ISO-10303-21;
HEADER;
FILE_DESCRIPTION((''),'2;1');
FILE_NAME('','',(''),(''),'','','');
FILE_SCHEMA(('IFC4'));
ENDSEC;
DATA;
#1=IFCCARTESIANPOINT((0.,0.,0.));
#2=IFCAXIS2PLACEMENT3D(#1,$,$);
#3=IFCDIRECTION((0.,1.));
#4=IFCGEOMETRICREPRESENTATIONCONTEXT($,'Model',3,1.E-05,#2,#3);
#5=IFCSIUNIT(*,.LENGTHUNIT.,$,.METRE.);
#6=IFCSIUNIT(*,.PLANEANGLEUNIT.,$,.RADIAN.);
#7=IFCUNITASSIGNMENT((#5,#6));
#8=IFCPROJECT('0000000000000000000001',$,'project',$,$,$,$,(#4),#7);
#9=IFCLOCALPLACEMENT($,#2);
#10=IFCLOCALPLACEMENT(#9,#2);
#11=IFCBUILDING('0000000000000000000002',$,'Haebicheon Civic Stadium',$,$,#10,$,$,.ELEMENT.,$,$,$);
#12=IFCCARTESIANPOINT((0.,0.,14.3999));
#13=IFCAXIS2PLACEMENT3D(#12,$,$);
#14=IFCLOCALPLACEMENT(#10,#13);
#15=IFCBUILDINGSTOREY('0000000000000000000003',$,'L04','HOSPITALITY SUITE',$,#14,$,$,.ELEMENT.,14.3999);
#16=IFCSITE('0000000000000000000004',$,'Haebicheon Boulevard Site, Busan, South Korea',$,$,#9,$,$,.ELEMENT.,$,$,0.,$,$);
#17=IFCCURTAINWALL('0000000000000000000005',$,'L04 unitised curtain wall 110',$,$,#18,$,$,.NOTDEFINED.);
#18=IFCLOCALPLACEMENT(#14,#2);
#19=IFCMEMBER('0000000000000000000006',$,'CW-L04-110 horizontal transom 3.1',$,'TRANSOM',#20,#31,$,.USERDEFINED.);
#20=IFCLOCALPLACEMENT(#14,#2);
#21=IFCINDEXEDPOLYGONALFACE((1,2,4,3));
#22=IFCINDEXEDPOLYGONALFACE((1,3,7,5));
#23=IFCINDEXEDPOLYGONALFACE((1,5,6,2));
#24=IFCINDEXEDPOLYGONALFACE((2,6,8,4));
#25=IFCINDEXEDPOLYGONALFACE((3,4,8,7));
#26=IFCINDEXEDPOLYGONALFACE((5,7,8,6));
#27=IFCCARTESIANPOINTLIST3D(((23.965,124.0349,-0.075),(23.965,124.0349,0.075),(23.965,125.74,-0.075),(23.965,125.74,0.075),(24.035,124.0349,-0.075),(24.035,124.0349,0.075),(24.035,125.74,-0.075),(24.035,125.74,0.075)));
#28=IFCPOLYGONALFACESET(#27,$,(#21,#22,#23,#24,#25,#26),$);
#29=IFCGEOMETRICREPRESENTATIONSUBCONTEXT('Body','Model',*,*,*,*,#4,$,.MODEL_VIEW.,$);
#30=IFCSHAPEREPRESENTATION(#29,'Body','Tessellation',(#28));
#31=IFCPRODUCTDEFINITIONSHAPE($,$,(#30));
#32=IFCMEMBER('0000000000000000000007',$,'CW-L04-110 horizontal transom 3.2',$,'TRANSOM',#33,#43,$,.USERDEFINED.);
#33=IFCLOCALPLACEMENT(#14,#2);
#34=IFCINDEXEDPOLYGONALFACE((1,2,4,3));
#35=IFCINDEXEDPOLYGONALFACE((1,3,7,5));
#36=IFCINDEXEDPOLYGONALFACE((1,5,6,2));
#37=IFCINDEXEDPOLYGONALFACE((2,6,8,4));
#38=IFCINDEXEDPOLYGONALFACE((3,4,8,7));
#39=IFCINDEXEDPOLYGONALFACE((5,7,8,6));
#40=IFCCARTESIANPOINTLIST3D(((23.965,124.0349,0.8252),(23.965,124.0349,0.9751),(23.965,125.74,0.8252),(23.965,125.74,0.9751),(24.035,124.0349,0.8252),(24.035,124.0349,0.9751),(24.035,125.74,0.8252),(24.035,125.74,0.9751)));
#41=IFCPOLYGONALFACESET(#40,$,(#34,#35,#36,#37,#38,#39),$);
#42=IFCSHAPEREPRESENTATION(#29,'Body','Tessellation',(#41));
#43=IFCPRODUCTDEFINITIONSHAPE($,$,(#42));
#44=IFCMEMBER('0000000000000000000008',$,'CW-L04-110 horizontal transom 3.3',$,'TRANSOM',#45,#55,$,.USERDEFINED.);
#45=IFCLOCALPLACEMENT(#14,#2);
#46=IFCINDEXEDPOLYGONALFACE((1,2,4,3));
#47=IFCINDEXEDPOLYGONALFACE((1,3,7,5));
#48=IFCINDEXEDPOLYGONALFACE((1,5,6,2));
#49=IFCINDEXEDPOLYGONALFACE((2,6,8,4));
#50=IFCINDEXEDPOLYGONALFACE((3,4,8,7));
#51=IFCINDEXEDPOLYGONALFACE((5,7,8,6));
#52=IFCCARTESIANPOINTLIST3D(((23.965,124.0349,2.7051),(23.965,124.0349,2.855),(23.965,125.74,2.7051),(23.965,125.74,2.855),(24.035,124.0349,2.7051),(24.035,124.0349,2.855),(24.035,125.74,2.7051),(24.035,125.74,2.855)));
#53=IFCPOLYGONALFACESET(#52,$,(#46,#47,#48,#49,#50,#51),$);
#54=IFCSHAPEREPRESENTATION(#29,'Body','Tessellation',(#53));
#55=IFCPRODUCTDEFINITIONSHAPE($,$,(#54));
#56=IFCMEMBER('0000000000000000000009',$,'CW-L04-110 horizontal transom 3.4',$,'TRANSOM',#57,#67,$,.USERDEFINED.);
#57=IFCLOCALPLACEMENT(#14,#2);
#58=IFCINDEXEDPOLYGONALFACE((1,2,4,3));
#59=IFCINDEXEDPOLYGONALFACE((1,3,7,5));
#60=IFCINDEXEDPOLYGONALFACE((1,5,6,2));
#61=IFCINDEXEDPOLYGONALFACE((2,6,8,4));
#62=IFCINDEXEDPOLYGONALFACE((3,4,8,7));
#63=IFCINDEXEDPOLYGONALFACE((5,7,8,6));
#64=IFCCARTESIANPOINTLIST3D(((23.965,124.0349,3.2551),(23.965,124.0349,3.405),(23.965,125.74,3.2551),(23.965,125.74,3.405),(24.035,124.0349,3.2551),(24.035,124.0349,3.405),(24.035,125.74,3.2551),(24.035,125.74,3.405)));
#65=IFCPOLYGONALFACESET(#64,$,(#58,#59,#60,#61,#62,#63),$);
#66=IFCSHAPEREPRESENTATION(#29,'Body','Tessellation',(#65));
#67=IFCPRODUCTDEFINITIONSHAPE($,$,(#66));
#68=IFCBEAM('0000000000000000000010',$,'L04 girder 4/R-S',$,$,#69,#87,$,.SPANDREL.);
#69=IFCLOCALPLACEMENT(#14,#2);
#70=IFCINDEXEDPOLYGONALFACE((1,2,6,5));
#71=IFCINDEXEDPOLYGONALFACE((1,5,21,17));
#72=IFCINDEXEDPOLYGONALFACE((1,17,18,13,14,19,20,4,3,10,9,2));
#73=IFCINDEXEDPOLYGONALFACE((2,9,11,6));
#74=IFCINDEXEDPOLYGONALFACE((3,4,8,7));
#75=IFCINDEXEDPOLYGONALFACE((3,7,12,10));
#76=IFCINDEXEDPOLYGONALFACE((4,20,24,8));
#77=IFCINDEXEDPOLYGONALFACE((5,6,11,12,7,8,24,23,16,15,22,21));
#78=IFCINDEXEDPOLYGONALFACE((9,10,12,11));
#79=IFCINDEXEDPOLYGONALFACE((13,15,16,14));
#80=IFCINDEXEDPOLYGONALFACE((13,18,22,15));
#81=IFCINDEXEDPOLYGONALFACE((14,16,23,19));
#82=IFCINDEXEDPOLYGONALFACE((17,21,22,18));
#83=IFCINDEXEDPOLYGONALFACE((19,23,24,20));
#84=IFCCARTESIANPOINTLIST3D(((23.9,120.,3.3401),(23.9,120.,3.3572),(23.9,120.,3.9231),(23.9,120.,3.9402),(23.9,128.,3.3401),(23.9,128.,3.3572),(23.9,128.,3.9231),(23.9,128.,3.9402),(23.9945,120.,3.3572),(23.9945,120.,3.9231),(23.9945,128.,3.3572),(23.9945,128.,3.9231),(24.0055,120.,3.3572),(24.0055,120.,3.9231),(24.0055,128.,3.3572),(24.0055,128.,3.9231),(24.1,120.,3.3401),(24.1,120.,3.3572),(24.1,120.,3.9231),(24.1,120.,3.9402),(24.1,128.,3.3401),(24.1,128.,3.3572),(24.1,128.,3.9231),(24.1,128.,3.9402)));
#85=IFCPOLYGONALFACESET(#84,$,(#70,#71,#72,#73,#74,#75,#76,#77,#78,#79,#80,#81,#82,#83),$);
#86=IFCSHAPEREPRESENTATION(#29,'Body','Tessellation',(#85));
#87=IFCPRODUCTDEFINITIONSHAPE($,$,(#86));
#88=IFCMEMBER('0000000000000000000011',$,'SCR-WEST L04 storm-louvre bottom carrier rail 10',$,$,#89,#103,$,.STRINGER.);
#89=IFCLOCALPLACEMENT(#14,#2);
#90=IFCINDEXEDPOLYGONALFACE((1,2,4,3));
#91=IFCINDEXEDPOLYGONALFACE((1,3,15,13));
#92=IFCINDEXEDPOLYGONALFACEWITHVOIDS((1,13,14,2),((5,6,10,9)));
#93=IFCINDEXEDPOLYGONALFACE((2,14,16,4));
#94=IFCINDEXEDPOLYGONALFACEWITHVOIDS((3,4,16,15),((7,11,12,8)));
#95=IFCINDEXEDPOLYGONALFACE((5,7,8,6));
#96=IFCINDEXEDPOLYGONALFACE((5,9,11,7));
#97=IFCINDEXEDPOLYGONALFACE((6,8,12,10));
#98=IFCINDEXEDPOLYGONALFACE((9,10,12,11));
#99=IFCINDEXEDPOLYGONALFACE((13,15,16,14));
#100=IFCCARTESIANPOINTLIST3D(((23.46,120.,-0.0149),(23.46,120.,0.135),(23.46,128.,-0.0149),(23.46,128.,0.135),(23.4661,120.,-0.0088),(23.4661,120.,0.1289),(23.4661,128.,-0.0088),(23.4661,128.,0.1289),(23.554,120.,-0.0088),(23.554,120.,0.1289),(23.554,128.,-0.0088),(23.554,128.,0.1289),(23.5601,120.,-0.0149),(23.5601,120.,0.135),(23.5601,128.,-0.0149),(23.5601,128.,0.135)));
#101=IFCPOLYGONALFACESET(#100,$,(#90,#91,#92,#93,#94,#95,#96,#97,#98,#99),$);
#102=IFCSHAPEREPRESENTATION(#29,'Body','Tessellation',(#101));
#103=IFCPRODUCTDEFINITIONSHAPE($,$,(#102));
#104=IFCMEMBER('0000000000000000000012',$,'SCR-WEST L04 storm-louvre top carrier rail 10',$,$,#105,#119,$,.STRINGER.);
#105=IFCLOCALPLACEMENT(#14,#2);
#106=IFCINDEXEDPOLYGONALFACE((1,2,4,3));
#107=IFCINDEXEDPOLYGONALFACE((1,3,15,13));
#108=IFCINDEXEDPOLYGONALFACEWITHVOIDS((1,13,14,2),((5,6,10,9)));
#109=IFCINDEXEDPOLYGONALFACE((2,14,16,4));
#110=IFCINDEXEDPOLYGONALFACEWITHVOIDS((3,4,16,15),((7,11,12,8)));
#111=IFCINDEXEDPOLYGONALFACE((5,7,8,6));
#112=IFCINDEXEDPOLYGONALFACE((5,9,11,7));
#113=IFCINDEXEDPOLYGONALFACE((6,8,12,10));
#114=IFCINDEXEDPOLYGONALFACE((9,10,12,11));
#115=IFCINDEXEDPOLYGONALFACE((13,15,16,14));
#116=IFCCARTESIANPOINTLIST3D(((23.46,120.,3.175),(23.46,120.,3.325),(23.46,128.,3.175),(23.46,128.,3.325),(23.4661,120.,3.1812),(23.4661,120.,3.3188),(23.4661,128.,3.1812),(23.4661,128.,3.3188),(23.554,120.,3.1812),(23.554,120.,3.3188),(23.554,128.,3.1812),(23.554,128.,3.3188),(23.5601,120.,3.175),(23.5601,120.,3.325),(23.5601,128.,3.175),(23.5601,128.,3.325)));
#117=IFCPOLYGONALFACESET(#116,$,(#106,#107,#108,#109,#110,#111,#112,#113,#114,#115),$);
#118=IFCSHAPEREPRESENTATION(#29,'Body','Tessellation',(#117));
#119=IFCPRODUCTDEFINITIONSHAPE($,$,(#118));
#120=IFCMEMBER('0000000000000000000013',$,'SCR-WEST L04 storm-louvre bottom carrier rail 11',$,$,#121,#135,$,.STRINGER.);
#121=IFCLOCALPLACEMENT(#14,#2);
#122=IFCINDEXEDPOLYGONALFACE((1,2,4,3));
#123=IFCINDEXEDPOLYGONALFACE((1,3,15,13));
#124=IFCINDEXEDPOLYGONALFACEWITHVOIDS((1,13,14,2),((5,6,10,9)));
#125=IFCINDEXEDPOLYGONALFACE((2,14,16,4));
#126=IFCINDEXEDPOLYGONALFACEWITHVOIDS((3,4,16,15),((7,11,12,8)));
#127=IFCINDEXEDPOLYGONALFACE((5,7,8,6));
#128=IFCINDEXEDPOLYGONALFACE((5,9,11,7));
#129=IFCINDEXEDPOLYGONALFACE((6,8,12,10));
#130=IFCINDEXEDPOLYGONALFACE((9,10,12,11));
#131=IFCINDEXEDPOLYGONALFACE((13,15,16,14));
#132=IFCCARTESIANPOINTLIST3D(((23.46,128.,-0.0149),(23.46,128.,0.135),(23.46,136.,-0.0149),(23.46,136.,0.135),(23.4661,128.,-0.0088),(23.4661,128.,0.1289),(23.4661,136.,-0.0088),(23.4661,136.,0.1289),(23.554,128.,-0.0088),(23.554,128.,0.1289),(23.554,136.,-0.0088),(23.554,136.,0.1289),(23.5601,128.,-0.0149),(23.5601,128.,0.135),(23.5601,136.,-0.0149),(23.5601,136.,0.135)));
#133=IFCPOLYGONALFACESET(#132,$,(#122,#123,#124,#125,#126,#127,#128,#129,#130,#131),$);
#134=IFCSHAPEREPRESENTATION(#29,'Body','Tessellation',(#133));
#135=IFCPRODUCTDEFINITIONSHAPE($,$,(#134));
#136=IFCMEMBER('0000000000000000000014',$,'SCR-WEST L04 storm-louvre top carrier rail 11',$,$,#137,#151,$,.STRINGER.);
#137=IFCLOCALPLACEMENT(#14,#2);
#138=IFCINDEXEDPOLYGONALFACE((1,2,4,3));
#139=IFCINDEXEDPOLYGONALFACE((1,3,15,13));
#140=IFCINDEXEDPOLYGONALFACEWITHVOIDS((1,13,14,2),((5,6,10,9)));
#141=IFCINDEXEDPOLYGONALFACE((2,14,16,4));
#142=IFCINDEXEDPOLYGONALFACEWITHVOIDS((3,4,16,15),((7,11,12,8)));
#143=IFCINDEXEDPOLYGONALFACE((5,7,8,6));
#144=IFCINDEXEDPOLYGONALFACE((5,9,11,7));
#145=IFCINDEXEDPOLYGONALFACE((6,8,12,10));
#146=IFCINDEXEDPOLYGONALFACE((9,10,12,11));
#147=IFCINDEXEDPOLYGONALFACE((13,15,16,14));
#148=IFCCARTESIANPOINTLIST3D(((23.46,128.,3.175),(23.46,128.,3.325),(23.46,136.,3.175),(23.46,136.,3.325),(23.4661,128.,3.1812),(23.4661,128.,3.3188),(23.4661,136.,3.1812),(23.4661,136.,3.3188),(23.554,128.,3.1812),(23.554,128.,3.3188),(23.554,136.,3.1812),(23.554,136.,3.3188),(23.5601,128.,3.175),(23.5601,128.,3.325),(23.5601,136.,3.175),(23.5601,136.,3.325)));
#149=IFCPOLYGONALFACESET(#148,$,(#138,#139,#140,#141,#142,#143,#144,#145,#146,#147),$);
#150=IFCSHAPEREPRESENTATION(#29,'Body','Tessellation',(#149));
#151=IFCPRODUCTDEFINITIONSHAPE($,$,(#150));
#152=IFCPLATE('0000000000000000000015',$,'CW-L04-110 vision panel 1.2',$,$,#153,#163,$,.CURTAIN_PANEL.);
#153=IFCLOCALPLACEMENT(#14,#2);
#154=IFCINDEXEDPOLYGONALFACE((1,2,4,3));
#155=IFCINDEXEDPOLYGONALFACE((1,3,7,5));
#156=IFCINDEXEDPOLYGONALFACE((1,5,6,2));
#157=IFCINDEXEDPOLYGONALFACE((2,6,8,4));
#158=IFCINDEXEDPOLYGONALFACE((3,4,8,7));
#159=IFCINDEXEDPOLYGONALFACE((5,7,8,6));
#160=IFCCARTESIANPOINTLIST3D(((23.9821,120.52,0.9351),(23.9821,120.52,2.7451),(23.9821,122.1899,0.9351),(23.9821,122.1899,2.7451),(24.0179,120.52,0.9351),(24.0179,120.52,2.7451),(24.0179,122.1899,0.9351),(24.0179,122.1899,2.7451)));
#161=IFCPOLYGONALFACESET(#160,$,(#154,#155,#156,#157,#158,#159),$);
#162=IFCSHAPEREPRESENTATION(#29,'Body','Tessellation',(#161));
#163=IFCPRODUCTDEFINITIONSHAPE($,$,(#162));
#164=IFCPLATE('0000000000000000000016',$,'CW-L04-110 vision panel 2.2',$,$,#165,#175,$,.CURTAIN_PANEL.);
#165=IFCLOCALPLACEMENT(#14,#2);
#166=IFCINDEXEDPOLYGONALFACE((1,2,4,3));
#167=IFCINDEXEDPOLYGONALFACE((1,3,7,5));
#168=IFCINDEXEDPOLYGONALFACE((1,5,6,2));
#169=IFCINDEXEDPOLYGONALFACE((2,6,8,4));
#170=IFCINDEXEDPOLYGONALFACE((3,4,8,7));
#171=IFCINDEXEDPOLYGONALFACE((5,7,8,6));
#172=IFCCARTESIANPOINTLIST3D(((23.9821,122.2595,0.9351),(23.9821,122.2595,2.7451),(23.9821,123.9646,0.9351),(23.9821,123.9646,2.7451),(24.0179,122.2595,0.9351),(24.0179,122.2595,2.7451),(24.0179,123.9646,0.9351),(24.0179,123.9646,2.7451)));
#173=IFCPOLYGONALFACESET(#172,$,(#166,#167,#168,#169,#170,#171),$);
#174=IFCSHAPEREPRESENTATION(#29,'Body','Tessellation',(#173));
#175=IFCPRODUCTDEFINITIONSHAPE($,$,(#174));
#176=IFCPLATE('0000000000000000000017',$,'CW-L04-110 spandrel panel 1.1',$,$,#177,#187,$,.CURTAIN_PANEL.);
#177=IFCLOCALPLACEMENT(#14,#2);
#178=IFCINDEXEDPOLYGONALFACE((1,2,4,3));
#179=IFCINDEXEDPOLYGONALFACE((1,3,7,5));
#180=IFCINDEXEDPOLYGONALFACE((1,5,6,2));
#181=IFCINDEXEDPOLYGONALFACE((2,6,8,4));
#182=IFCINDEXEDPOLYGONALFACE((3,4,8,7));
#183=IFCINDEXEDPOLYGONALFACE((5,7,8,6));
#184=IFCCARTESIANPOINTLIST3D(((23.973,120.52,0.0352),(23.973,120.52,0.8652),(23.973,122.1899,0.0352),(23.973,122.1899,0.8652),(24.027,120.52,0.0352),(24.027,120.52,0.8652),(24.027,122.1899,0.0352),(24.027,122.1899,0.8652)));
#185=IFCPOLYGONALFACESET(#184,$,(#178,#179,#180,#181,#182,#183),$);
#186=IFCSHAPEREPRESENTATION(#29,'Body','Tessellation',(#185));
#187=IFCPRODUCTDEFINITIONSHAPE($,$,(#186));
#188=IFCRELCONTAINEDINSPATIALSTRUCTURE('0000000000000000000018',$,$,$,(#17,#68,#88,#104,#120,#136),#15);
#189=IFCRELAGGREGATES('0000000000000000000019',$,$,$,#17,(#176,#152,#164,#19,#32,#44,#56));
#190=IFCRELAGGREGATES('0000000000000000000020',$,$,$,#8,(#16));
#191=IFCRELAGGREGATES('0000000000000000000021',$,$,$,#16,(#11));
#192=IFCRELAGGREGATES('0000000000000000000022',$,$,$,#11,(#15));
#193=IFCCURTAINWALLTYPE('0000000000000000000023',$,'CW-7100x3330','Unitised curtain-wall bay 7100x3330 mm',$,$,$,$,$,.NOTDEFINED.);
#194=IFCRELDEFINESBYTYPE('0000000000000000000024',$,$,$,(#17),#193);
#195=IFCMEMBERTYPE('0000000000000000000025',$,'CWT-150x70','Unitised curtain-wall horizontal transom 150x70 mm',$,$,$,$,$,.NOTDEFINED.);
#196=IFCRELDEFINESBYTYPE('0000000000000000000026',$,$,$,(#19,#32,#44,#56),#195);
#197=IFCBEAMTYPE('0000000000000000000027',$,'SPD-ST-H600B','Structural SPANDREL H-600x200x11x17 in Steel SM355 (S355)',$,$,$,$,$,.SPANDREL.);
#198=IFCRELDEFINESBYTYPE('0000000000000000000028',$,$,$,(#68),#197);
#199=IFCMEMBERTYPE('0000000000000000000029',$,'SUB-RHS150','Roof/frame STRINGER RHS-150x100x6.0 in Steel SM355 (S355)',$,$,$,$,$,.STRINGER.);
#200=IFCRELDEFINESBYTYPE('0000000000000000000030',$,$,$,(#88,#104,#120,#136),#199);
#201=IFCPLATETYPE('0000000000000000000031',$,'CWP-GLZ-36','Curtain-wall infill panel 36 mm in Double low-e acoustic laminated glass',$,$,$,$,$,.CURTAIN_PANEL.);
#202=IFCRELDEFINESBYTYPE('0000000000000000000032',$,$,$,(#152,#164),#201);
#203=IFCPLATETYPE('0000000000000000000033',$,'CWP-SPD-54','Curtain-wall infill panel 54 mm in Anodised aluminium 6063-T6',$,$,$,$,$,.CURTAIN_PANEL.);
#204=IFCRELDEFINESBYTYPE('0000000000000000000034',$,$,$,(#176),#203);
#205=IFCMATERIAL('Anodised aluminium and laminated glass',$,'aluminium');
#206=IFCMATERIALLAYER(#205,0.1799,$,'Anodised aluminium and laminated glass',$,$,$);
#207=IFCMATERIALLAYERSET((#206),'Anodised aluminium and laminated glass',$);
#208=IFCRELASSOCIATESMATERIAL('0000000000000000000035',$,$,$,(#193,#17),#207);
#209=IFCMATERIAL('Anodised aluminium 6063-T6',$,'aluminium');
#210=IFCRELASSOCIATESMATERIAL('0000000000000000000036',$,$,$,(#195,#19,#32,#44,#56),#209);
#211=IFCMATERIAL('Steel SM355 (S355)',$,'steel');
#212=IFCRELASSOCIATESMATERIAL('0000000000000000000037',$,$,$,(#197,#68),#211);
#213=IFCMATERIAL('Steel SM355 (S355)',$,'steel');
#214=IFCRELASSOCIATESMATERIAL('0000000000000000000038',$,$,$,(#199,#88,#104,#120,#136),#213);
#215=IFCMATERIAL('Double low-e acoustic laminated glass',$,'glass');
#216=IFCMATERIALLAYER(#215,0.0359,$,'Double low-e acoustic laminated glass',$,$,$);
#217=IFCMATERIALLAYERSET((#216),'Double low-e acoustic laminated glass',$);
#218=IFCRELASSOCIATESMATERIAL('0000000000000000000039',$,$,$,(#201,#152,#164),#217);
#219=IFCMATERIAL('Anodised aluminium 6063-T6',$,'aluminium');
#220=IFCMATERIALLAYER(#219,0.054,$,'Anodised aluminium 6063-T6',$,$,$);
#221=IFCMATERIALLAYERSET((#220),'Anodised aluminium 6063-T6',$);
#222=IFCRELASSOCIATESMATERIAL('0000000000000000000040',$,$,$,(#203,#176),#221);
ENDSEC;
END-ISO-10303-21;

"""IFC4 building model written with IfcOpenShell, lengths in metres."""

from ifc_helpers import new_model, si_unit, direction, frame, origin, origin_2d, place, context, subcontext, project, spatial, rectangle, hollow_rectangle, i_section, extrude, material, layer, layer_set, material_profile, profile_set, type_object, element, aggregate, save


model = new_model("IFC4")

# Units and contexts
model_context = context("Model", 3, precision=1e-05, world=origin(), true_north=direction((0.0, 1.0)))
body_context = subcontext(model_context, "Body", "Model", "MODEL_VIEW")
ifc_project = project(units=[si_unit("LENGTHUNIT", "METRE"), si_unit("PLANEANGLEUNIT", "RADIAN")], contexts=[model_context])

# Site, building, storey
site_placement = place(None, origin())
site = spatial("IfcSite", under=ifc_project, at=site_placement, Name="Haebicheon Boulevard Site, Busan, South Korea", CompositionType="ELEMENT", RefElevation=0.0)
building_placement = place(site_placement, origin())
building = spatial("IfcBuilding", under=site, at=building_placement, Name="Haebicheon Civic Stadium", CompositionType="ELEMENT")
storey_placement = place(building_placement, frame((0.0, 0.0, 14.3999)))
storey = spatial("IfcBuildingStorey", under=building, at=storey_placement, Name="L04", Description="HOSPITALITY SUITE", CompositionType="ELEMENT", Elevation=14.3999)

# Curtain wall, members
ifc_material_1 = material(Name="Anodised aluminium and laminated glass", Category="aluminium")
ifc_layer_1 = layer(ifc_material_1, 0.1799, Name="Anodised aluminium and laminated glass")
ifc_layer_set_1 = layer_set([ifc_layer_1], Name="Anodised aluminium and laminated glass")
curtain_wall_type = type_object("IfcCurtainWallType", Name="CW-7100x3330", Description="Unitised curtain-wall bay 7100x3330 mm", PredefinedType="NOTDEFINED", material=ifc_layer_set_1)
curtain_wall_placement = place(storey_placement, origin())
curtain_wall = element("IfcCurtainWall", 1, at=curtain_wall_placement, inside=storey, type_object=curtain_wall_type, material=ifc_layer_set_1, Name="L04 unitised curtain wall 110", PredefinedType="NOTDEFINED")
ifc_material_2 = material(Name="Anodised aluminium 6063-T6", Category="aluminium")
ifc_material_profile_1 = material_profile(ifc_material_2, rectangle(XDim=0.0701, YDim=0.1499, at=origin_2d()), Name="ALU-TRAN-70x150")
ifc_profile_set_1 = profile_set([ifc_material_profile_1], Name="Anodised aluminium 6063-T6")
member_type_1 = type_object("IfcMemberType", Name="CWT-150x70", Description="Unitised curtain-wall horizontal transom 150x70 mm", PredefinedType="NOTDEFINED", material=ifc_profile_set_1)
member_1_placement = place(storey_placement, frame((24.0, 124.0349, 0.0), z_axis=(0.0, 1.0, 0.0), x_axis=(-1.0, 0.0, 0.0)))
member_1 = element("IfcMember", 2, at=member_1_placement, type_object=member_type_1, material=ifc_profile_set_1, Name="CW-L04-110 horizontal transom 3.1", ObjectType="TRANSOM", PredefinedType="USERDEFINED", context=body_context, shape_type="SweptSolid", body=[
    extrude(rectangle(XDim=0.0701, YDim=0.1499, at=origin_2d()), origin(), (0.0, 0.0, 1.0), 1.7051),
])
member_2_placement = place(storey_placement, frame((24.0, 124.0349, 0.9001), z_axis=(0.0, 1.0, 0.0), x_axis=(-1.0, 0.0, 0.0)))
member_2 = element("IfcMember", 3, at=member_2_placement, type_object=member_type_1, material=ifc_profile_set_1, Name="CW-L04-110 horizontal transom 3.2", ObjectType="TRANSOM", PredefinedType="USERDEFINED", context=body_context, shape_type="SweptSolid", body=[
    extrude(rectangle(XDim=0.0701, YDim=0.1499, at=origin_2d()), origin(), (0.0, 0.0, 1.0), 1.7051),
])
member_3_placement = place(storey_placement, frame((24.0, 124.0349, 2.78), z_axis=(0.0, 1.0, 0.0), x_axis=(-1.0, 0.0, 0.0)))
member_3 = element("IfcMember", 4, at=member_3_placement, type_object=member_type_1, material=ifc_profile_set_1, Name="CW-L04-110 horizontal transom 3.3", ObjectType="TRANSOM", PredefinedType="USERDEFINED", context=body_context, shape_type="SweptSolid", body=[
    extrude(rectangle(XDim=0.0701, YDim=0.1499, at=origin_2d()), origin(), (0.0, 0.0, 1.0), 1.7051),
])
member_4_placement = place(storey_placement, frame((24.0, 124.0349, 3.3301), z_axis=(0.0, 1.0, 0.0), x_axis=(-1.0, 0.0, 0.0)))
member_4 = element("IfcMember", 5, at=member_4_placement, type_object=member_type_1, material=ifc_profile_set_1, Name="CW-L04-110 horizontal transom 3.4", ObjectType="TRANSOM", PredefinedType="USERDEFINED", context=body_context, shape_type="SweptSolid", body=[
    extrude(rectangle(XDim=0.0701, YDim=0.1499, at=origin_2d()), origin(), (0.0, 0.0, 1.0), 1.7051),
])

# Beam
ifc_material_3 = material(Name="Steel SM355 (S355)", Category="steel")
ifc_material_profile_2 = material_profile(ifc_material_3, i_section(OverallWidth=0.2, OverallDepth=0.6001, WebThickness=0.011, FlangeThickness=0.0171, at=origin_2d()), Name="H-600x200x11x17")
ifc_profile_set_2 = profile_set([ifc_material_profile_2], Name="Steel SM355 (S355)")
beam_type_1 = type_object("IfcBeamType", Name="SPD-ST-H600B", Description="Structural SPANDREL H-600x200x11x17 in Steel SM355 (S355)", PredefinedType="SPANDREL", material=ifc_profile_set_2)
beam_1_placement = place(storey_placement, frame((24.0, 120.0, 3.6401), z_axis=(0.0, 1.0, 0.0), x_axis=(-1.0, 0.0, 0.0)))
element("IfcBeam", 6, at=beam_1_placement, inside=storey, type_object=beam_type_1, material=ifc_profile_set_2, Name="L04 girder 4/R-S", PredefinedType="SPANDREL", context=body_context, shape_type="SweptSolid", body=[
    extrude(i_section(OverallWidth=0.2, OverallDepth=0.6001, WebThickness=0.011, FlangeThickness=0.0171, at=origin_2d()), origin(), (0.0, 0.0, 1.0), 8.0),
])

# Members
ifc_material_4 = material(Name="Steel SM355 (S355)", Category="steel")
ifc_material_profile_3 = material_profile(ifc_material_4, hollow_rectangle(XDim=0.1001, YDim=0.1499, WallThickness=0.0061, at=origin_2d()), Name="RHS-150x100x6.0")
ifc_profile_set_3 = profile_set([ifc_material_profile_3], Name="Steel SM355 (S355)")
member_type_2 = type_object("IfcMemberType", Name="SUB-RHS150", Description="Roof/frame STRINGER RHS-150x100x6.0 in Steel SM355 (S355)", PredefinedType="STRINGER", material=ifc_profile_set_3)
for number, where, z_axis, x_axis, name in (
    (7, (23.51, 120.0, 0.0601), (0.0, 1.0, 0.0), (-1.0, 0.0, 0.0), "SCR-WEST L04 storm-louvre bottom carrier rail 10"),
    (8, (23.51, 120.0, 3.25), (0.0, 1.0, 0.0), (-1.0, 0.0, 0.0), "SCR-WEST L04 storm-louvre top carrier rail 10"),
    (9, (23.51, 128.0, 0.0601), (0.0, 1.0, 0.0), (-1.0, 0.0, 0.0), "SCR-WEST L04 storm-louvre bottom carrier rail 11"),
    (10, (23.51, 128.0, 3.25), (0.0, 1.0, 0.0), (-1.0, 0.0, 0.0), "SCR-WEST L04 storm-louvre top carrier rail 11"),
):
    element("IfcMember", number, at=place(storey_placement, frame(where, z_axis=z_axis, x_axis=x_axis)), inside=storey, type_object=member_type_2, material=ifc_profile_set_3, Name=name, PredefinedType="STRINGER", context=body_context, shape_type="SweptSolid", body=[
        extrude(hollow_rectangle(XDim=0.1001, YDim=0.1499, WallThickness=0.0061, at=origin_2d()), origin(), (0.0, 0.0, 1.0), 8.0),
    ])

# Plates
ifc_material_5 = material(Name="Double low-e acoustic laminated glass", Category="glass")
ifc_layer_2 = layer(ifc_material_5, 0.0359, Name="Double low-e acoustic laminated glass")
ifc_layer_set_2 = layer_set([ifc_layer_2], Name="Double low-e acoustic laminated glass")
plate_type_1 = type_object("IfcPlateType", Name="CWP-GLZ-36", Description="Curtain-wall infill panel 36 mm in Double low-e acoustic laminated glass", PredefinedType="CURTAIN_PANEL", material=ifc_layer_set_2)
plate_1_placement = place(storey_placement, frame((24.0, 121.355, 0.9351), z_axis=(0.0, 0.0, 1.0), x_axis=(0.0, 1.0, 0.0)))
plate_1 = element("IfcPlate", 11, at=plate_1_placement, type_object=plate_type_1, material=ifc_layer_set_2, Name="CW-L04-110 vision panel 1.2", PredefinedType="CURTAIN_PANEL", context=body_context, shape_type="SweptSolid", body=[
    extrude(rectangle(XDim=1.6699, YDim=0.0359, at=origin_2d()), origin(), (0.0, 0.0, 1.0), 1.8101),
])
plate_2_placement = place(storey_placement, frame((24.0, 123.1121, 0.9351), z_axis=(0.0, 0.0, 1.0), x_axis=(0.0, 1.0, 0.0)))
plate_2 = element("IfcPlate", 12, at=plate_2_placement, type_object=plate_type_1, material=ifc_layer_set_2, Name="CW-L04-110 vision panel 2.2", PredefinedType="CURTAIN_PANEL", context=body_context, shape_type="SweptSolid", body=[
    extrude(rectangle(XDim=1.7051, YDim=0.0359, at=origin_2d()), origin(), (0.0, 0.0, 1.0), 1.8101),
])
ifc_material_6 = material(Name="Anodised aluminium 6063-T6", Category="aluminium")
ifc_layer_3 = layer(ifc_material_6, 0.054, Name="Anodised aluminium 6063-T6")
ifc_layer_set_3 = layer_set([ifc_layer_3], Name="Anodised aluminium 6063-T6")
plate_type_2 = type_object("IfcPlateType", Name="CWP-SPD-54", Description="Curtain-wall infill panel 54 mm in Anodised aluminium 6063-T6", PredefinedType="CURTAIN_PANEL", material=ifc_layer_set_3)
plate_3_placement = place(storey_placement, frame((24.0, 121.355, 0.0352), z_axis=(0.0, 0.0, 1.0), x_axis=(0.0, 1.0, 0.0)))
plate_3 = element("IfcPlate", 13, at=plate_3_placement, type_object=plate_type_2, material=ifc_layer_set_3, Name="CW-L04-110 spandrel panel 1.1", PredefinedType="CURTAIN_PANEL", context=body_context, shape_type="SweptSolid", body=[
    extrude(rectangle(XDim=1.6699, YDim=0.054, at=origin_2d()), origin(), (0.0, 0.0, 1.0), 0.8301),
])
aggregate(curtain_wall, [plate_3, plate_1, plate_2, member_1, member_2, member_3, member_4])

save(model, "model.ifc")
